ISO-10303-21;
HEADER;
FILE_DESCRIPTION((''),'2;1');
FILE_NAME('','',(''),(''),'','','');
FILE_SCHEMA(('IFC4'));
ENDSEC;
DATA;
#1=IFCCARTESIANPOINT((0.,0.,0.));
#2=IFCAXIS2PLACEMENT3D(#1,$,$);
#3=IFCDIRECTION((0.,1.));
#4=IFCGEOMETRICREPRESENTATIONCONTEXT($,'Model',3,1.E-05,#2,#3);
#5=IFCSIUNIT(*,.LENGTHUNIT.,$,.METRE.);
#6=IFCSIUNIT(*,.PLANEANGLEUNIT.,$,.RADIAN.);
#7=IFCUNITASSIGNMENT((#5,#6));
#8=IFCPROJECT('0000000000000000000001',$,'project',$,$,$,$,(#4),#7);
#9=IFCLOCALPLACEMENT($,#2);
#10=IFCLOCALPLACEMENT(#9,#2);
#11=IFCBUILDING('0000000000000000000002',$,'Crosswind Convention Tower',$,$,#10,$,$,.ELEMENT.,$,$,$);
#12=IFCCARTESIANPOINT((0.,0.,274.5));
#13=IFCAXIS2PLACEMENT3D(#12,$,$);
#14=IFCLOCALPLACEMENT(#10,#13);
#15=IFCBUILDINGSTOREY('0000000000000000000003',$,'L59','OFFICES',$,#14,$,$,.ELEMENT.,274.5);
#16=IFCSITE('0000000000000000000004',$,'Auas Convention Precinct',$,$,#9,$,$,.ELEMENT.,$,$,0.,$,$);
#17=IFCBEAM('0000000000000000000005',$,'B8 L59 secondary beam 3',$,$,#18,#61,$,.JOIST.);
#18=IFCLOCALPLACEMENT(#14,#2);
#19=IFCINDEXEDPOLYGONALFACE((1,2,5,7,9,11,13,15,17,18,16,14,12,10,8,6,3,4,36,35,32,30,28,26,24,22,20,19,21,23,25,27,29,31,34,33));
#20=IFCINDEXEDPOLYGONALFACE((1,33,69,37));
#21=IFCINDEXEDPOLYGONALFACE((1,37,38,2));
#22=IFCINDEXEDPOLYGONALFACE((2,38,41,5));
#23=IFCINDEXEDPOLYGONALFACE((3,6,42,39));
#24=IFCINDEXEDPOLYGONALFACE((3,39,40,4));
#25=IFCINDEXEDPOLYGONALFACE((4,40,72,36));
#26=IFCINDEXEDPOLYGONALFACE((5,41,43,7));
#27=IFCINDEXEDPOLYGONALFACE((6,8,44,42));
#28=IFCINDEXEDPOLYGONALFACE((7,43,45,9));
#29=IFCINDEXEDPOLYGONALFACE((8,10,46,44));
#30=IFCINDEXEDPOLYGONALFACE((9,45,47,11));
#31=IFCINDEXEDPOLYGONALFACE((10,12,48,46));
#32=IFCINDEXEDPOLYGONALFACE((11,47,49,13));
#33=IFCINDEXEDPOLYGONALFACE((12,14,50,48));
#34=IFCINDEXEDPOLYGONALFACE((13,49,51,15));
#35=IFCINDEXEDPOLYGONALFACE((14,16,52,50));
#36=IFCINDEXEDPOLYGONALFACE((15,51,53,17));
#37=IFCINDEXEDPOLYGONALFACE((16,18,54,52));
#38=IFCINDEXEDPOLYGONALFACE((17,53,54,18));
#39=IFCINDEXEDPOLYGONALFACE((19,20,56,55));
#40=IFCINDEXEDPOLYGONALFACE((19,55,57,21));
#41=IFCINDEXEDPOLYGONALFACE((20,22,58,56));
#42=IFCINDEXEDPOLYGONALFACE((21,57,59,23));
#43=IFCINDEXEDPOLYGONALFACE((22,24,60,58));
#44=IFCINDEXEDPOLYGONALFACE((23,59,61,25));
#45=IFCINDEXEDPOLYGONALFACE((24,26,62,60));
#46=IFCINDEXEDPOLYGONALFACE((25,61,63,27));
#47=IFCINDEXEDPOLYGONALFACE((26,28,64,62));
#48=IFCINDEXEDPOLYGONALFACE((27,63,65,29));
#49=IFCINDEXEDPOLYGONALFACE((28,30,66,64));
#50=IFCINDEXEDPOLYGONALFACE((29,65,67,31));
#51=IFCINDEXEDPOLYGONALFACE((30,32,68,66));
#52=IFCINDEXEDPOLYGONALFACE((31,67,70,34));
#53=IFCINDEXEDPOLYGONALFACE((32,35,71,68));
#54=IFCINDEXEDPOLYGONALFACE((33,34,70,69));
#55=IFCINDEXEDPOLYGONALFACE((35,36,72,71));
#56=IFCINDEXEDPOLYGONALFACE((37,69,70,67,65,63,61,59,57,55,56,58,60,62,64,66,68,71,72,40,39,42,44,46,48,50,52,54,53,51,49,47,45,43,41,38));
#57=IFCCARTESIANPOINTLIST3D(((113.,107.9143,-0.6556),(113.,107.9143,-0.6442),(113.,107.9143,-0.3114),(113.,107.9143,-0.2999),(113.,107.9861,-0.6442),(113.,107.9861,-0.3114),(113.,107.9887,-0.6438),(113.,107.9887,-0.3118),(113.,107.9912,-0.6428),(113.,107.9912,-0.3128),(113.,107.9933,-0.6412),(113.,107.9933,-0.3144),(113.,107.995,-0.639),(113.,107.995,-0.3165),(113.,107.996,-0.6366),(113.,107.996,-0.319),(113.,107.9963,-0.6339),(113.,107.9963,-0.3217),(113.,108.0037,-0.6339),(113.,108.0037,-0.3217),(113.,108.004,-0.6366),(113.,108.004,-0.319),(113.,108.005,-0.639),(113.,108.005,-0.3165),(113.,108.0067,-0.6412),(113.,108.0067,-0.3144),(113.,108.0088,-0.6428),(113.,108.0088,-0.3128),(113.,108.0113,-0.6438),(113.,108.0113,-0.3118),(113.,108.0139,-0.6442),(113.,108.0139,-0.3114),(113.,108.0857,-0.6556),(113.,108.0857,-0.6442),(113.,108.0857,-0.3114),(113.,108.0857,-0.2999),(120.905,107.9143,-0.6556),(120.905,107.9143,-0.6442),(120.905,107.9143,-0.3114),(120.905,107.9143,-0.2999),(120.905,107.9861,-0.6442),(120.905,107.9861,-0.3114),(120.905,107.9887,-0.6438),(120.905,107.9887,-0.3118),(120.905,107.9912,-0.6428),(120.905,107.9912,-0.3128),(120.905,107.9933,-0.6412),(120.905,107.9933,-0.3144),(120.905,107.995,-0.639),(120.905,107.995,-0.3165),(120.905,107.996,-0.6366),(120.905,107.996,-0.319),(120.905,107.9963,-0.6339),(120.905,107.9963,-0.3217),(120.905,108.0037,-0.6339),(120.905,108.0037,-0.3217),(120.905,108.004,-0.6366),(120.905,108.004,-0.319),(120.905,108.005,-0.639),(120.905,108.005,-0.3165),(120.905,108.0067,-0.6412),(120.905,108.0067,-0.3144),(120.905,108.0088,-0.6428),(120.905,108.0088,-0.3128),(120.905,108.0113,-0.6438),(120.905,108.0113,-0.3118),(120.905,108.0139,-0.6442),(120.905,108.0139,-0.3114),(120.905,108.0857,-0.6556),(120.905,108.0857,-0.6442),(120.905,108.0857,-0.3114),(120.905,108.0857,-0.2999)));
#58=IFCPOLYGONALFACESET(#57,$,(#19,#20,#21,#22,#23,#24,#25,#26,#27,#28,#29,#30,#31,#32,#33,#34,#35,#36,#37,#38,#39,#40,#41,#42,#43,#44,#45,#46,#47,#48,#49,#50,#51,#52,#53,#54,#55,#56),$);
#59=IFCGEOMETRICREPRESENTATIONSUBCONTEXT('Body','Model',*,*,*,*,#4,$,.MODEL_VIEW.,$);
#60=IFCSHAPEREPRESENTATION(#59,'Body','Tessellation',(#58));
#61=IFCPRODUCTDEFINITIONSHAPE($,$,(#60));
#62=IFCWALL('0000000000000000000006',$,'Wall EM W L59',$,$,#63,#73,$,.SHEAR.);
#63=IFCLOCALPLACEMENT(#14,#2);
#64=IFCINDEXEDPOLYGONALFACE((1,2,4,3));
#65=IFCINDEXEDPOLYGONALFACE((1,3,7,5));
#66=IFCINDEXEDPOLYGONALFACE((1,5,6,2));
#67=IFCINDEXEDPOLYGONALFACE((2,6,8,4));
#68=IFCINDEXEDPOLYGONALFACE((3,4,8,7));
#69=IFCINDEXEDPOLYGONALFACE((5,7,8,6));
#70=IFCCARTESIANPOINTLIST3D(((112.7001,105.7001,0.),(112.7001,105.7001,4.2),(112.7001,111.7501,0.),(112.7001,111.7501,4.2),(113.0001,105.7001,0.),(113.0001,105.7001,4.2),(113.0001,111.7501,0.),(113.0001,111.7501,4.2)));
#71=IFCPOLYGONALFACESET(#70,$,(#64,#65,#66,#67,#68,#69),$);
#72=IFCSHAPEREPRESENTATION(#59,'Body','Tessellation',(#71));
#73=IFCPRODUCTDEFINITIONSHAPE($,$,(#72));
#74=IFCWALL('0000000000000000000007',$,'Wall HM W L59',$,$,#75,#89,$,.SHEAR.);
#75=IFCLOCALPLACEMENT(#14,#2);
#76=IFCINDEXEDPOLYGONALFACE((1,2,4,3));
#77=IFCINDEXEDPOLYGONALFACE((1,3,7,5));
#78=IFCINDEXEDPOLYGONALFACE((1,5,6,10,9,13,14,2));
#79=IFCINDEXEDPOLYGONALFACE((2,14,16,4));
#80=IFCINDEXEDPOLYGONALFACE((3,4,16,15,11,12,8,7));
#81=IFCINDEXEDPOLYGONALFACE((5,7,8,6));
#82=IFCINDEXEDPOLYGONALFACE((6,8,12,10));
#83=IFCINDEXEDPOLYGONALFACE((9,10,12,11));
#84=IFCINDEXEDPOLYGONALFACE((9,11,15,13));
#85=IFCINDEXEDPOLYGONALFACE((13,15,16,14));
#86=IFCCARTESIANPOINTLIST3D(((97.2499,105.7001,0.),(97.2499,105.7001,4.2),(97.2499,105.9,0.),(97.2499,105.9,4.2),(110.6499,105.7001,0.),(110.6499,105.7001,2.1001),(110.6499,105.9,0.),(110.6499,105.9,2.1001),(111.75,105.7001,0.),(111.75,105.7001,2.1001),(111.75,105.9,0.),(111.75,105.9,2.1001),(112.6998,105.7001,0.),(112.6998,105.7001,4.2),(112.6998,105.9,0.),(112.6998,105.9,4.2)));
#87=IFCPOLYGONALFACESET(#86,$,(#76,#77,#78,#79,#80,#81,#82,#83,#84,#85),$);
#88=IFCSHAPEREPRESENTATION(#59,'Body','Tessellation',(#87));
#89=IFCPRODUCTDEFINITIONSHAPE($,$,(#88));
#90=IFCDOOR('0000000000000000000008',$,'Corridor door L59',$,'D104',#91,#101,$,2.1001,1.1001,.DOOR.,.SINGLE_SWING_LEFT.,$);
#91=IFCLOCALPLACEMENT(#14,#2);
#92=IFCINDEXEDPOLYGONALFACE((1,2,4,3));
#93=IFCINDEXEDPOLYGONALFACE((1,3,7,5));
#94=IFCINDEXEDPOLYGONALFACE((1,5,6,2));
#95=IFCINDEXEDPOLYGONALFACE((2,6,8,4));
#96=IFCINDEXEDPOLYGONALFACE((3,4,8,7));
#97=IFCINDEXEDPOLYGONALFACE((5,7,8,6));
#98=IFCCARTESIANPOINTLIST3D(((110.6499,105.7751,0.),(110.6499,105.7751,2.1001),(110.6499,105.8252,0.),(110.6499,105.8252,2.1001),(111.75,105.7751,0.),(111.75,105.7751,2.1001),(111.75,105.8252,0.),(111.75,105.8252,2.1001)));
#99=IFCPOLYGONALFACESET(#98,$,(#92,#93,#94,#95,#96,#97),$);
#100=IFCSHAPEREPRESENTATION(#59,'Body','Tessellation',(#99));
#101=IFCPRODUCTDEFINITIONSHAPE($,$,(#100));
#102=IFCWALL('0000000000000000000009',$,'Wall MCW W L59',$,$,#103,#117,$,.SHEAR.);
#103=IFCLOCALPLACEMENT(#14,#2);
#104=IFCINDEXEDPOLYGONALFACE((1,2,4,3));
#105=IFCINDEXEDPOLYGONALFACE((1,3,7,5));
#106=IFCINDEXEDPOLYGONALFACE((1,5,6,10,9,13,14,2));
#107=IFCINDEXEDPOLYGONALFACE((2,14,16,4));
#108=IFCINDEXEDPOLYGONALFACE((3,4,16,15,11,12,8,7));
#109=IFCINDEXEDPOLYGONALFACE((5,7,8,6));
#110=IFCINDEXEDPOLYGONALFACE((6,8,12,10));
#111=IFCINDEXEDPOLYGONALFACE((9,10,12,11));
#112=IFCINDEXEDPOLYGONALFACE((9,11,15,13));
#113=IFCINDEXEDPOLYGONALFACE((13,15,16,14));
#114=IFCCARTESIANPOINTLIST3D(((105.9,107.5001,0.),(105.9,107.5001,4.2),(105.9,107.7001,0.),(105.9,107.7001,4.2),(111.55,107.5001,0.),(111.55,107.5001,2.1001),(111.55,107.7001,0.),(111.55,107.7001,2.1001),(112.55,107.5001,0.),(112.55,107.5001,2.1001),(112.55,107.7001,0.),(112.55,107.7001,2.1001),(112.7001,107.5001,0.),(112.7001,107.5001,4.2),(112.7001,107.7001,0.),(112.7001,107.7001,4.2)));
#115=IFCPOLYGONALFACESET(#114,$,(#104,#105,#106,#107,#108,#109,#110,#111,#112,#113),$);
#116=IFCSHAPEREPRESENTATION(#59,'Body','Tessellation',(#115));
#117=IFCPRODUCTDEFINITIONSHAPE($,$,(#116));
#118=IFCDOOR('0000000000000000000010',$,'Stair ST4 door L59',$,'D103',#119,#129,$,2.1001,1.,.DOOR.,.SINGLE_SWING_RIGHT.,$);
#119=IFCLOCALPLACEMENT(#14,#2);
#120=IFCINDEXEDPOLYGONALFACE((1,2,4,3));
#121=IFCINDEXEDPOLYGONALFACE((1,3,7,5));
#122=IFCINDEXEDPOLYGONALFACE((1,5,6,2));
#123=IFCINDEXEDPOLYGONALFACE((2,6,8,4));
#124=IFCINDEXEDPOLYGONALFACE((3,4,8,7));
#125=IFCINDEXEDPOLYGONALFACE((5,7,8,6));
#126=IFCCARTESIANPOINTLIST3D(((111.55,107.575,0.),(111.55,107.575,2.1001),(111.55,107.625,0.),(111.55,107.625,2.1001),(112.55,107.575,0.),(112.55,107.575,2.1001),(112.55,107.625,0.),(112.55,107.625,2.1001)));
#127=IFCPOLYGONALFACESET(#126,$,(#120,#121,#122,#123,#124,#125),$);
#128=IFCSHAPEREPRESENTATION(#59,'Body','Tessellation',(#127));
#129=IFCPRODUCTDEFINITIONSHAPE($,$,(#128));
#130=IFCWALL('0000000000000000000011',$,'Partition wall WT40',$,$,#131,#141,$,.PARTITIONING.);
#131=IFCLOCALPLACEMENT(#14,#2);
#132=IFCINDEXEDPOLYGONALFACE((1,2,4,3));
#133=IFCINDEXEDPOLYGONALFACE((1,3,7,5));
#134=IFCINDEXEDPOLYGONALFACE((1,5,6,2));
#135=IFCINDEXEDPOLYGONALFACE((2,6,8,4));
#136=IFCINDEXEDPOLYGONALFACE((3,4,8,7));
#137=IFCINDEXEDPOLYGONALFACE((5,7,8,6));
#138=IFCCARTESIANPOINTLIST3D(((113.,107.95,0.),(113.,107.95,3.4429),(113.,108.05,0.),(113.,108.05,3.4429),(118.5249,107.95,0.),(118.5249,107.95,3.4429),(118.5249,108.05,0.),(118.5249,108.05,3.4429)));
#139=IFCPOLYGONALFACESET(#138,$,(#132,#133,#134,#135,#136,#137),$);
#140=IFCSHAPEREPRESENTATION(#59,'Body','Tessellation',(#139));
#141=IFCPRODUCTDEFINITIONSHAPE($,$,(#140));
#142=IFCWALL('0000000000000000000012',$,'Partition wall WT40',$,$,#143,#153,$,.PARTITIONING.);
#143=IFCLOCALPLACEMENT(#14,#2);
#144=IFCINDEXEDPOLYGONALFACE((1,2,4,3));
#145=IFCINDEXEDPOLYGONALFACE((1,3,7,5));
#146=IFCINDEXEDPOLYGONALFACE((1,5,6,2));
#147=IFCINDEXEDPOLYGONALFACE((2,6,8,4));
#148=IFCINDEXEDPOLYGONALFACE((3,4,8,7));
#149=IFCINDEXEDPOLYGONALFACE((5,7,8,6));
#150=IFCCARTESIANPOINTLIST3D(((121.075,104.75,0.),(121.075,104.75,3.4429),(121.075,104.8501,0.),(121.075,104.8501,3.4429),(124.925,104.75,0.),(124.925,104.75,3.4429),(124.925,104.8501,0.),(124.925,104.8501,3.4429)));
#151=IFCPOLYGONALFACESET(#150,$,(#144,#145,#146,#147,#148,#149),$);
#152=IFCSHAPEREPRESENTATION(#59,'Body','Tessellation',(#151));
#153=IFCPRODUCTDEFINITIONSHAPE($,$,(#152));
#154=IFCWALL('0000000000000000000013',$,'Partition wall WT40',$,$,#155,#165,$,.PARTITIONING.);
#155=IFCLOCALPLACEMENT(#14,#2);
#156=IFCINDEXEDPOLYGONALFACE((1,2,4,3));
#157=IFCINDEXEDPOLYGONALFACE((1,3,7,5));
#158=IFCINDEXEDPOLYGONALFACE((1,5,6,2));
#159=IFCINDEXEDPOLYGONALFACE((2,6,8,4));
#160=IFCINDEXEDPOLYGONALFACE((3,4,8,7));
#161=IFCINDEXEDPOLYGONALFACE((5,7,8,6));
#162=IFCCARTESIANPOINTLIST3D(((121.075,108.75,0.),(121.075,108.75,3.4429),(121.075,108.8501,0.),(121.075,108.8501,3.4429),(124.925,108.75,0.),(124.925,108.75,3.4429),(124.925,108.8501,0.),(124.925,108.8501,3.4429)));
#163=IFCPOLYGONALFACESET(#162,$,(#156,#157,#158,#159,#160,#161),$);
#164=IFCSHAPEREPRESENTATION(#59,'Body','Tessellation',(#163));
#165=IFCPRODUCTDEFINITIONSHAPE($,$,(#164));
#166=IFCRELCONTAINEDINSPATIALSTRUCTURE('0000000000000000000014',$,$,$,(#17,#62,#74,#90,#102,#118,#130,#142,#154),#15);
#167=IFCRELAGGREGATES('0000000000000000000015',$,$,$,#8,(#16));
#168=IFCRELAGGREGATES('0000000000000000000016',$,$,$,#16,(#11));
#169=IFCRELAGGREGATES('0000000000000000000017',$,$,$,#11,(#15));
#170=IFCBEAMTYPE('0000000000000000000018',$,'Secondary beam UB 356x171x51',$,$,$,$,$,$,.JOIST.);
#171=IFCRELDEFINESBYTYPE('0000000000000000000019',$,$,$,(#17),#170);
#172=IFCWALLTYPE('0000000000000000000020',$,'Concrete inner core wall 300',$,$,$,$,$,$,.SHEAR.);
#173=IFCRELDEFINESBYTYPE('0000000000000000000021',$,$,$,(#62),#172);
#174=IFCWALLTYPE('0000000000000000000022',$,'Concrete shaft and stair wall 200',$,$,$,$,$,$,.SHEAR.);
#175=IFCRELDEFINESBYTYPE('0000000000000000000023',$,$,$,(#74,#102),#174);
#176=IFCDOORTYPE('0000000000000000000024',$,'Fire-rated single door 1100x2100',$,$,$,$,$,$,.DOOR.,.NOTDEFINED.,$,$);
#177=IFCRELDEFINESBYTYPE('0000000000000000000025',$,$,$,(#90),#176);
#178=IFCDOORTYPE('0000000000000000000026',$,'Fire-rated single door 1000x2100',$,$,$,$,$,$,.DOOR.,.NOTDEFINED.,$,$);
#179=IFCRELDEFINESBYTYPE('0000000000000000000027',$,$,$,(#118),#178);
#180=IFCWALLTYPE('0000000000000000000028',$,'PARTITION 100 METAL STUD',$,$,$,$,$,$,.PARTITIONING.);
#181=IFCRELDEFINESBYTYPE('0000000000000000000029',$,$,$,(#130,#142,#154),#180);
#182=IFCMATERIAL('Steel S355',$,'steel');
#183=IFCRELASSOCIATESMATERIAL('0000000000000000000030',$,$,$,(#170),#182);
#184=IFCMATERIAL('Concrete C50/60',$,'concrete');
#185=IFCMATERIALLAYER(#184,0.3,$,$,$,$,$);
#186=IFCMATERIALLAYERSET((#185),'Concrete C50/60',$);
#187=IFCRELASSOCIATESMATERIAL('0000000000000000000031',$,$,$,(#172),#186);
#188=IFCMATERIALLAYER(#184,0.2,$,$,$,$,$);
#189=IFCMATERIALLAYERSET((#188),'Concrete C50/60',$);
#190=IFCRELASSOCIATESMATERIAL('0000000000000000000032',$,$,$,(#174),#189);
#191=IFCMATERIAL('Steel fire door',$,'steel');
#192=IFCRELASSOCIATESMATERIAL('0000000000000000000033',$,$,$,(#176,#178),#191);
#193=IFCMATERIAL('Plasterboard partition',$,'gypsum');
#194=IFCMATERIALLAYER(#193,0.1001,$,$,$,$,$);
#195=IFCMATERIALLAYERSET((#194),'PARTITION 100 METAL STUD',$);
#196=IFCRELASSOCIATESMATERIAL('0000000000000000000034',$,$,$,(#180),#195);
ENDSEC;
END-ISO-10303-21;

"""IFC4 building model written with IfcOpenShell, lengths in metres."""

from ifc_helpers import new_model, si_unit, direction, frame, frame_2d, origin, origin_2d, place, context, subcontext, project, spatial, rectangle, i_section, extrude, material, layer, layer_set, material_profile, profile_set, type_object, element, fill, save


model = new_model("IFC4")

# Units and contexts
model_context = context("Model", 3, precision=1e-05, world=origin(), true_north=direction((0.0, 1.0)))
body_context = subcontext(model_context, "Body", "Model", "MODEL_VIEW")
ifc_project = project(units=[si_unit("LENGTHUNIT", "METRE"), si_unit("PLANEANGLEUNIT", "RADIAN")], contexts=[model_context])

# Site, building, storey
site_placement = place(None, origin())
site = spatial("IfcSite", under=ifc_project, at=site_placement, Name="Auas Convention Precinct", CompositionType="ELEMENT", RefElevation=0.0)
building_placement = place(site_placement, origin())
building = spatial("IfcBuilding", under=site, at=building_placement, Name="Crosswind Convention Tower", CompositionType="ELEMENT")
storey_placement = place(building_placement, frame((0.0, 0.0, 274.5)))
storey = spatial("IfcBuildingStorey", under=building, at=storey_placement, Name="L59", Description="OFFICES", CompositionType="ELEMENT", Elevation=274.5)

# Beam
ifc_material_1 = material(Name="Steel S355", Category="steel")
ifc_material_profile_1 = material_profile(ifc_material_1, i_section(OverallWidth=0.1714, OverallDepth=0.3557, WebThickness=0.0073, FlangeThickness=0.0115, FilletRadius=0.0103, at=origin_2d()), Name="UB 356x171x51")
ifc_profile_set_1 = profile_set([ifc_material_profile_1], Name="Steel S355")
beam_type_1 = type_object("IfcBeamType", Name="Secondary beam UB 356x171x51", PredefinedType="JOIST", material=ifc_profile_set_1)
for number, where, z_axis, x_axis, name in (
    (1, (113.0, 108.0, -0.4778), (1.0, 0.0, 0.0), (0.0, 1.0, 0.0), "B8 L59 secondary beam 3"),
):
    element("IfcBeam", number, at=place(storey_placement, frame(where, z_axis=z_axis, x_axis=x_axis)), inside=storey, type_object=beam_type_1, Name=name, PredefinedType="JOIST", context=body_context, shape_type="SweptSolid", body=[
        extrude(i_section(OverallWidth=0.1714, OverallDepth=0.3557, WebThickness=0.0073, FlangeThickness=0.0115, FilletRadius=0.0103, at=origin_2d()), origin(), (0.0, 0.0, 1.0), 7.905),
    ])

# Shared definitions
ifc_material_2 = material(Name="Concrete C50/60", Category="concrete")
ifc_layer_1 = layer(ifc_material_2, 0.3)
ifc_layer_set_1 = layer_set([ifc_layer_1], Name="Concrete C50/60")
wall_type_1 = type_object("IfcWallType", Name="Concrete inner core wall 300", PredefinedType="SHEAR", material=ifc_layer_set_1)

# Wall
wall_1_placement = place(storey_placement, frame((112.8501, 111.75, 0.0), z_axis=(0.0, 0.0, 1.0), x_axis=(0.0, -1.0, 0.0)))
element("IfcWall", 2, at=wall_1_placement, inside=storey, type_object=wall_type_1, Name="Wall EM W L59", PredefinedType="SHEAR", context=body_context, shape_type="SweptSolid", body=[
    extrude(rectangle(XDim=6.05, YDim=0.3, at=frame_2d((3.0249, 0.0))), origin(), (0.0, 0.0, 1.0), 4.2),
])

# Walls, openings, doors
ifc_layer_2 = layer(ifc_material_2, 0.2)
ifc_layer_set_2 = layer_set([ifc_layer_2], Name="Concrete C50/60")
wall_type_2 = type_object("IfcWallType", Name="Concrete shaft and stair wall 200", PredefinedType="SHEAR", material=ifc_layer_set_2)
wall_2_placement = place(storey_placement, frame((112.7, 105.8, 0.0), z_axis=(0.0, 0.0, 1.0), x_axis=(-1.0, 0.0, 0.0)))
wall_2 = element("IfcWall", 3, at=wall_2_placement, inside=storey, type_object=wall_type_2, Name="Wall HM W L59", PredefinedType="SHEAR", context=body_context, shape_type="SweptSolid", body=[
    extrude(rectangle(XDim=15.45, YDim=0.2, at=frame_2d((7.7251, 0.0))), origin(), (0.0, 0.0, 1.0), 4.2),
])
opening_1_placement = place(wall_2_placement, frame((0.95, 0.0, 0.0)))
opening_1 = element("IfcOpeningElement", 4, at=opening_1_placement, cuts=wall_2, PredefinedType="OPENING", context=body_context, shape_type="SweptSolid", body=[
    extrude(rectangle(XDim=1.1001, YDim=2.1001, at=frame_2d((0.55, 1.05))), frame((0.0, 0.1099, 0.0), z_axis=(0.0, -1.0, 0.0), x_axis=(1.0, 0.0, 0.0)), (0.0, 0.0, 1.0), 0.22),
])
ifc_material_3 = material(Name="Steel fire door", Category="steel")
door_type_1 = type_object("IfcDoorType", Name="Fire-rated single door 1100x2100", OperationType="NOTDEFINED", PredefinedType="DOOR", material=ifc_material_3)
door_1_placement = place(opening_1_placement, origin())
door_1 = element("IfcDoor", 5, at=door_1_placement, inside=storey, type_object=door_type_1, Name="Corridor door L59", ObjectType="D104", OperationType="SINGLE_SWING_LEFT", OverallHeight=2.1001, OverallWidth=1.1001, PredefinedType="DOOR", context=body_context, shape_type="SweptSolid", body=[
    extrude(rectangle(XDim=1.1001, YDim=2.1001, at=frame_2d((0.55, 1.05))), frame((0.0, 0.0249, 0.0), z_axis=(0.0, -1.0, 0.0), x_axis=(1.0, 0.0, 0.0)), (0.0, 0.0, 1.0), 0.05),
])
fill(opening_1, door_1)
wall_3_placement = place(storey_placement, frame((112.7, 107.6001, 0.0), z_axis=(0.0, 0.0, 1.0), x_axis=(-1.0, 0.0, 0.0)))
wall_3 = element("IfcWall", 6, at=wall_3_placement, inside=storey, type_object=wall_type_2, Name="Wall MCW W L59", PredefinedType="SHEAR", context=body_context, shape_type="SweptSolid", body=[
    extrude(rectangle(XDim=6.8, YDim=0.2, at=frame_2d((3.3999, 0.0))), origin(), (0.0, 0.0, 1.0), 4.2),
])
opening_2_placement = place(wall_3_placement, frame((0.1499, 0.0, 0.0)))
opening_2 = element("IfcOpeningElement", 7, at=opening_2_placement, cuts=wall_3, PredefinedType="OPENING", context=body_context, shape_type="SweptSolid", body=[
    extrude(rectangle(XDim=1.0, YDim=2.1001, at=frame_2d((0.5, 1.05))), frame((0.0, 0.1099, 0.0), z_axis=(0.0, -1.0, 0.0), x_axis=(1.0, 0.0, 0.0)), (0.0, 0.0, 1.0), 0.22),
])
door_type_2 = type_object("IfcDoorType", Name="Fire-rated single door 1000x2100", OperationType="NOTDEFINED", PredefinedType="DOOR", material=ifc_material_3)
door_2_placement = place(opening_2_placement, frame((1.0, 0.0, 0.0), z_axis=(0.0, 0.0, 1.0), x_axis=(-1.0, 0.0, 0.0)))
door_2 = element("IfcDoor", 8, at=door_2_placement, inside=storey, type_object=door_type_2, Name="Stair ST4 door L59", ObjectType="D103", OperationType="SINGLE_SWING_RIGHT", OverallHeight=2.1001, OverallWidth=1.0, PredefinedType="DOOR", context=body_context, shape_type="SweptSolid", body=[
    extrude(rectangle(XDim=1.0, YDim=2.1001, at=frame_2d((0.5, 1.05))), frame((0.0, 0.0249, 0.0), z_axis=(0.0, -1.0, 0.0), x_axis=(1.0, 0.0, 0.0)), (0.0, 0.0, 1.0), 0.05),
])
fill(opening_2, door_2)

# Walls
ifc_material_4 = material(Name="Plasterboard partition", Category="gypsum")
ifc_layer_3 = layer(ifc_material_4, 0.1001)
ifc_layer_set_3 = layer_set([ifc_layer_3], Name="PARTITION 100 METAL STUD")
wall_type_3 = type_object("IfcWallType", Name="PARTITION 100 METAL STUD", PredefinedType="PARTITIONING", material=ifc_layer_set_3)
wall_4_placement = place(storey_placement, frame((113.0, 108.0, 0.0), z_axis=(0.0, 0.0, 1.0), x_axis=(1.0, 0.0, 0.0)))
element("IfcWall", 9, at=wall_4_placement, inside=storey, type_object=wall_type_3, Name="Partition wall WT40", PredefinedType="PARTITIONING", context=body_context, shape_type="SweptSolid", body=[
    extrude(rectangle(XDim=5.5249, YDim=0.1001, at=frame_2d((2.7625, 0.0))), origin(), (0.0, 0.0, 1.0), 3.4429),
])
for number, where, z_axis, x_axis, name in (
    (10, (121.075, 104.8, 0.0), (0.0, 0.0, 1.0), (1.0, 0.0, 0.0), "Partition wall WT40"),
    (11, (121.075, 108.8, 0.0), (0.0, 0.0, 1.0), (1.0, 0.0, 0.0), "Partition wall WT40"),
):
    element("IfcWall", number, at=place(storey_placement, frame(where, z_axis=z_axis, x_axis=x_axis)), inside=storey, type_object=wall_type_3, Name=name, PredefinedType="PARTITIONING", context=body_context, shape_type="SweptSolid", body=[
        extrude(rectangle(XDim=3.8501, YDim=0.1001, at=frame_2d((1.925, 0.0))), origin(), (0.0, 0.0, 1.0), 3.4429),
    ])

save(model, "model.ifc")
